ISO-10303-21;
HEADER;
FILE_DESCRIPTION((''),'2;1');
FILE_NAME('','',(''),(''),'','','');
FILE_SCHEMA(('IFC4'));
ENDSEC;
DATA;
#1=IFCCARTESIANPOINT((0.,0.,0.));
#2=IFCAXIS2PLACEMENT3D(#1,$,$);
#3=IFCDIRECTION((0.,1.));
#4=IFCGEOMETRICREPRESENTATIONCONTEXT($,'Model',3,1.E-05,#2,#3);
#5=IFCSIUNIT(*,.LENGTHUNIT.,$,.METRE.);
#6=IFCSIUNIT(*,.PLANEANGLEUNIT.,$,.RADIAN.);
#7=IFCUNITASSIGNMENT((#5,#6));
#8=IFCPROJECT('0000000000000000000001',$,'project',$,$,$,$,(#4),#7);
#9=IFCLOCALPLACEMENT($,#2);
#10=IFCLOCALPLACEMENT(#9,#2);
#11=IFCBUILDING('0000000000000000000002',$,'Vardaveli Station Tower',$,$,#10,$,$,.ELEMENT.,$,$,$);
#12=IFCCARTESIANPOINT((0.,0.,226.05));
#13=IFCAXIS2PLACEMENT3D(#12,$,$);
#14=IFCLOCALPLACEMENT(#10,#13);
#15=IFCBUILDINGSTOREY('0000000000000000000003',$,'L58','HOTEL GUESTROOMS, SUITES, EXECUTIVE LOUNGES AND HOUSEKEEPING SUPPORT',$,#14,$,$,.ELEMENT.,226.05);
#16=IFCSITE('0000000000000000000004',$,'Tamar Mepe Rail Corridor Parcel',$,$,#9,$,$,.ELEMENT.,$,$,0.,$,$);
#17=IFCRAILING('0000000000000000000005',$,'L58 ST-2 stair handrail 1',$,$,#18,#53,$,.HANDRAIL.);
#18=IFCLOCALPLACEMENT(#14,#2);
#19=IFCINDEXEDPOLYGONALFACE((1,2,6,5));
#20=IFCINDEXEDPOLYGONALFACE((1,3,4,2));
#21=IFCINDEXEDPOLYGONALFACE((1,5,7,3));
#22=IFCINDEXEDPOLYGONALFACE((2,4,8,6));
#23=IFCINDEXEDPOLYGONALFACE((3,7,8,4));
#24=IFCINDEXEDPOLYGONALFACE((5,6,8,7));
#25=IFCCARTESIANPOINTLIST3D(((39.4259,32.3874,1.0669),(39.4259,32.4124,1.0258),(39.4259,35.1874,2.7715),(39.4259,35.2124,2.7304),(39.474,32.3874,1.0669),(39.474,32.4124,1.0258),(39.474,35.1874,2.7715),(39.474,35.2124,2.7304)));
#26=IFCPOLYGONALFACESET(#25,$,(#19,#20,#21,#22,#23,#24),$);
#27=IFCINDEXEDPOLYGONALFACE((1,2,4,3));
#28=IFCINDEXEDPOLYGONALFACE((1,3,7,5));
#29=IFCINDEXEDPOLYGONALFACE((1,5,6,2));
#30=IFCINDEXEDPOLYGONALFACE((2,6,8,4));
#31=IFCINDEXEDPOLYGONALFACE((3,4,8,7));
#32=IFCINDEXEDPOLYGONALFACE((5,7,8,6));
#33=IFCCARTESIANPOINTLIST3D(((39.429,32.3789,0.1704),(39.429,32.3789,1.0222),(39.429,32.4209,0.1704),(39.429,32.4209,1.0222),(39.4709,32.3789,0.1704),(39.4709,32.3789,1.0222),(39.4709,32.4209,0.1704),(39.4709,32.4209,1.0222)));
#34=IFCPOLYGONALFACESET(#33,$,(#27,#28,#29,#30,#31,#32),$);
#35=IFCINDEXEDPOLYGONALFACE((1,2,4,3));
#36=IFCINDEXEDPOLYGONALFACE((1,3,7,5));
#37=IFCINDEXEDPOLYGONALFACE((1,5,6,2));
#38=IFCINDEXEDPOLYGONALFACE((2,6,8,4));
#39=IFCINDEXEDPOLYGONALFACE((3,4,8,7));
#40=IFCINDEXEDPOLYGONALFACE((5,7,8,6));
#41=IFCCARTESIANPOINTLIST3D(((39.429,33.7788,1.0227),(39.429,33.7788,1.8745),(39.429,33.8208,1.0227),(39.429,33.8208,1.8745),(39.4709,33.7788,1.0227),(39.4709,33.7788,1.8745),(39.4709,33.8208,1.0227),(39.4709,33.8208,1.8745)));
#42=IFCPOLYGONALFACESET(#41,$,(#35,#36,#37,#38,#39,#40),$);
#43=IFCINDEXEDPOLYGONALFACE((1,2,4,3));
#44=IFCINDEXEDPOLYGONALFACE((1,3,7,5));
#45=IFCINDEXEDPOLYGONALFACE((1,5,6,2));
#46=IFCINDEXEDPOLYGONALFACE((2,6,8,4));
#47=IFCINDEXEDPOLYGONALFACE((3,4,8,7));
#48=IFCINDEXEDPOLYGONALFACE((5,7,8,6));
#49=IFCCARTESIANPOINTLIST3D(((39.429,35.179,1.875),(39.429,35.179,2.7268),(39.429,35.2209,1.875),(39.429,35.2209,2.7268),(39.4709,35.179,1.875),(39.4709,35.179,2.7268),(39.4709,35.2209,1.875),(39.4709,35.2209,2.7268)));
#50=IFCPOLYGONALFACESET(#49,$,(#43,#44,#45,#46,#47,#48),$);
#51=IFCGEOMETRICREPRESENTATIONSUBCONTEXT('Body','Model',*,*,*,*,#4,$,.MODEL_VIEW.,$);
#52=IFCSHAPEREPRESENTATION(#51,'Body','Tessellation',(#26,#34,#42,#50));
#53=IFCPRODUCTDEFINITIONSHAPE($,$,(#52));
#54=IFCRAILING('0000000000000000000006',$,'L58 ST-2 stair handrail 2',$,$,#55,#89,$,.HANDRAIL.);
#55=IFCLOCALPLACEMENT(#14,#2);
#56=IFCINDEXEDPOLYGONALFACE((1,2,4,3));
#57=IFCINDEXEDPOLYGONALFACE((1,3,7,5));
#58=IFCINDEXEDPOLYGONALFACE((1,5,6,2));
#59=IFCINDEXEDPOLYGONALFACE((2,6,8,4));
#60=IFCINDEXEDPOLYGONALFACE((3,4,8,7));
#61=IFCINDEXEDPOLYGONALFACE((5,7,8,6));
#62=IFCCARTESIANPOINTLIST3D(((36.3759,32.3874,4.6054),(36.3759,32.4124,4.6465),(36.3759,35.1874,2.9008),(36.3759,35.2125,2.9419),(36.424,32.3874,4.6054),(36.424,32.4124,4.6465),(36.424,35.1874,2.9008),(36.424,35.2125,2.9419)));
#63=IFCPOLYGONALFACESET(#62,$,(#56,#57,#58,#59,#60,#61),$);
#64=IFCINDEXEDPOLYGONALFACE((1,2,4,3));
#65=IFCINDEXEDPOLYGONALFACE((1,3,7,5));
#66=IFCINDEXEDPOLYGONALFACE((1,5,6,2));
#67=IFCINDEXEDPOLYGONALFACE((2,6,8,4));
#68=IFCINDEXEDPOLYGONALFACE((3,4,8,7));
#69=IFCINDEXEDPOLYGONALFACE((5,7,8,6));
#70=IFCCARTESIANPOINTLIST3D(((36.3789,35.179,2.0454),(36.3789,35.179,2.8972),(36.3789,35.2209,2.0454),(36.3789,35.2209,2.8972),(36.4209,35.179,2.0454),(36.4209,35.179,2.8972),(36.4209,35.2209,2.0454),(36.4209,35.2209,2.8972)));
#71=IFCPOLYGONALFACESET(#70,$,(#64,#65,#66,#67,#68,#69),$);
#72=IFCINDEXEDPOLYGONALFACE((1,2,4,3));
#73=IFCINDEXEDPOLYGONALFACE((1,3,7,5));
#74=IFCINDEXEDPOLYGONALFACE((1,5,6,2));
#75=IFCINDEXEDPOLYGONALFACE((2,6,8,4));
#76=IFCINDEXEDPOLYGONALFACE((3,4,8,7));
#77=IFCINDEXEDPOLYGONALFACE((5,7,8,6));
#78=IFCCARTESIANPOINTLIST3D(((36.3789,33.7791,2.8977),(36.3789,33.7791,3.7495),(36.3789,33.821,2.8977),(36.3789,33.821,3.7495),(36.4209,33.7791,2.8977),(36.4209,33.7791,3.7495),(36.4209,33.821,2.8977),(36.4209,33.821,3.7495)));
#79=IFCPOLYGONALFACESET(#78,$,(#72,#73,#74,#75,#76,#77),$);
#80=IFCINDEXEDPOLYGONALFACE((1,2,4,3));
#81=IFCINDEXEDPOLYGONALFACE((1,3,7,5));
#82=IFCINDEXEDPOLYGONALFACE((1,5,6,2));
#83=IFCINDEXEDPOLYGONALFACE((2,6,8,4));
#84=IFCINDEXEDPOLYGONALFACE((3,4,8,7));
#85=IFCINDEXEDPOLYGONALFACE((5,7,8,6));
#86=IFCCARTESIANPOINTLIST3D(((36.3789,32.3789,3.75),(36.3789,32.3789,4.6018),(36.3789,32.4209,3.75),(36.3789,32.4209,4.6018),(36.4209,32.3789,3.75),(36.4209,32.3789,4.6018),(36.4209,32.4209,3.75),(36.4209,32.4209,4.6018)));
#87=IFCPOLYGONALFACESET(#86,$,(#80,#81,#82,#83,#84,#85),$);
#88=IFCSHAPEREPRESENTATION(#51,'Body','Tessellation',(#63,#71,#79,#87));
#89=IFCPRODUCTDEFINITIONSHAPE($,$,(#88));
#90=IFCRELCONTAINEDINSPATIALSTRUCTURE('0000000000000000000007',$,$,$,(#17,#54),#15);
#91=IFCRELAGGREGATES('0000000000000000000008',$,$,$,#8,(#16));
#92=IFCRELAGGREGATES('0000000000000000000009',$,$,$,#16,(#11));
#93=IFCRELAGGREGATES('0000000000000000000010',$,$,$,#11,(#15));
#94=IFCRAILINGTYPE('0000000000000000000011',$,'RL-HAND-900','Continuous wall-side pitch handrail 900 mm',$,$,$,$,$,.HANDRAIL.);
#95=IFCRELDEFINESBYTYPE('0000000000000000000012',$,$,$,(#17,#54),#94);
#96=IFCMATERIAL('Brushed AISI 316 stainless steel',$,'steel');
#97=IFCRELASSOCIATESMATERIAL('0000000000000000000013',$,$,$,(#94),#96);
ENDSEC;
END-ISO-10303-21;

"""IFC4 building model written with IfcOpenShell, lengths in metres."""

from ifc_helpers import new_model, si_unit, direction, frame, origin, origin_2d, place, context, subcontext, project, spatial, rectangle, extrude, source, transform, mapped, material, type_object, element, save


model = new_model("IFC4")

# Units and contexts
model_context = context("Model", 3, precision=1e-05, world=origin(), true_north=direction((0.0, 1.0)))
body_context = subcontext(model_context, "Body", "Model", "MODEL_VIEW")
ifc_project = project(units=[si_unit("LENGTHUNIT", "METRE"), si_unit("PLANEANGLEUNIT", "RADIAN")], contexts=[model_context])

# Site, building, storey
site_placement = place(None, origin())
site = spatial("IfcSite", under=ifc_project, at=site_placement, Name="Tamar Mepe Rail Corridor Parcel", CompositionType="ELEMENT", RefElevation=0.0)
building_placement = place(site_placement, origin())
building = spatial("IfcBuilding", under=site, at=building_placement, Name="Vardaveli Station Tower", CompositionType="ELEMENT")
storey_placement = place(building_placement, frame((0.0, 0.0, 226.05)))
storey = spatial("IfcBuildingStorey", under=building, at=storey_placement, Name="L58", Description="HOTEL GUESTROOMS, SUITES, EXECUTIVE LOUNGES AND HOUSEKEEPING SUPPORT", CompositionType="ELEMENT", Elevation=226.05)

# Railings
ifc_material_1 = material(Name="Brushed AISI 316 stainless steel", Category="steel")
railing_type_1 = type_object("IfcRailingType", Name="RL-HAND-900", Description="Continuous wall-side pitch handrail 900 mm", PredefinedType="HANDRAIL", material=ifc_material_1)
shared_shape_1 = source(origin(), body_context, "Body", "SweptSolid", [
    extrude(rectangle(XDim=0.0481, YDim=0.0481, at=origin_2d()), frame((0.0, 0.0, 0.876), z_axis=(0.0, 0.85417, 0.519994), x_axis=(-1.0, 0.0, 0.0)), (0.0, 0.0, 1.0), 3.2781),
    extrude(rectangle(XDim=0.042, YDim=0.042, at=origin_2d()), origin(), (0.0, 0.0, 1.0), 0.8518),
    extrude(rectangle(XDim=0.042, YDim=0.042, at=origin_2d()), frame((0.0, 1.3999, 0.8523)), (0.0, 0.0, 1.0), 0.8518),
    extrude(rectangle(XDim=0.042, YDim=0.042, at=origin_2d()), frame((0.0, 2.8, 1.7046)), (0.0, 0.0, 1.0), 0.8518),
])
railing_1_placement = place(storey_placement, frame((39.45, 32.3999, 0.1704)))
element("IfcRailing", 1, at=railing_1_placement, inside=storey, type_object=railing_type_1, Name="L58 ST-2 stair handrail 1", PredefinedType="HANDRAIL", context=body_context, shape_type="MappedRepresentation", body=[
    mapped(shared_shape_1, transform((0.0, 0.0, 0.0), scale=1.0)),
])
shared_shape_2 = source(origin(), body_context, "Body", "SweptSolid", [
    extrude(rectangle(XDim=0.0481, YDim=0.0481, at=origin_2d()), frame((0.0, 0.0, 0.876), z_axis=(0.0, -0.85417, 0.519994), x_axis=(1.0, 0.0, 0.0)), (0.0, 0.0, 1.0), 3.2781),
    extrude(rectangle(XDim=0.042, YDim=0.042, at=origin_2d()), origin(), (0.0, 0.0, 1.0), 0.8518),
    extrude(rectangle(XDim=0.042, YDim=0.042, at=origin_2d()), frame((0.0, -1.3999, 0.8523)), (0.0, 0.0, 1.0), 0.8518),
    extrude(rectangle(XDim=0.042, YDim=0.042, at=origin_2d()), frame((0.0, -2.8, 1.7046)), (0.0, 0.0, 1.0), 0.8518),
])
railing_2_placement = place(storey_placement, frame((36.3999, 35.2, 2.0454)))
element("IfcRailing", 2, at=railing_2_placement, inside=storey, type_object=railing_type_1, Name="L58 ST-2 stair handrail 2", PredefinedType="HANDRAIL", context=body_context, shape_type="MappedRepresentation", body=[
    mapped(shared_shape_2, transform((0.0, 0.0, 0.0), scale=1.0)),
])

save(model, "model.ifc")
